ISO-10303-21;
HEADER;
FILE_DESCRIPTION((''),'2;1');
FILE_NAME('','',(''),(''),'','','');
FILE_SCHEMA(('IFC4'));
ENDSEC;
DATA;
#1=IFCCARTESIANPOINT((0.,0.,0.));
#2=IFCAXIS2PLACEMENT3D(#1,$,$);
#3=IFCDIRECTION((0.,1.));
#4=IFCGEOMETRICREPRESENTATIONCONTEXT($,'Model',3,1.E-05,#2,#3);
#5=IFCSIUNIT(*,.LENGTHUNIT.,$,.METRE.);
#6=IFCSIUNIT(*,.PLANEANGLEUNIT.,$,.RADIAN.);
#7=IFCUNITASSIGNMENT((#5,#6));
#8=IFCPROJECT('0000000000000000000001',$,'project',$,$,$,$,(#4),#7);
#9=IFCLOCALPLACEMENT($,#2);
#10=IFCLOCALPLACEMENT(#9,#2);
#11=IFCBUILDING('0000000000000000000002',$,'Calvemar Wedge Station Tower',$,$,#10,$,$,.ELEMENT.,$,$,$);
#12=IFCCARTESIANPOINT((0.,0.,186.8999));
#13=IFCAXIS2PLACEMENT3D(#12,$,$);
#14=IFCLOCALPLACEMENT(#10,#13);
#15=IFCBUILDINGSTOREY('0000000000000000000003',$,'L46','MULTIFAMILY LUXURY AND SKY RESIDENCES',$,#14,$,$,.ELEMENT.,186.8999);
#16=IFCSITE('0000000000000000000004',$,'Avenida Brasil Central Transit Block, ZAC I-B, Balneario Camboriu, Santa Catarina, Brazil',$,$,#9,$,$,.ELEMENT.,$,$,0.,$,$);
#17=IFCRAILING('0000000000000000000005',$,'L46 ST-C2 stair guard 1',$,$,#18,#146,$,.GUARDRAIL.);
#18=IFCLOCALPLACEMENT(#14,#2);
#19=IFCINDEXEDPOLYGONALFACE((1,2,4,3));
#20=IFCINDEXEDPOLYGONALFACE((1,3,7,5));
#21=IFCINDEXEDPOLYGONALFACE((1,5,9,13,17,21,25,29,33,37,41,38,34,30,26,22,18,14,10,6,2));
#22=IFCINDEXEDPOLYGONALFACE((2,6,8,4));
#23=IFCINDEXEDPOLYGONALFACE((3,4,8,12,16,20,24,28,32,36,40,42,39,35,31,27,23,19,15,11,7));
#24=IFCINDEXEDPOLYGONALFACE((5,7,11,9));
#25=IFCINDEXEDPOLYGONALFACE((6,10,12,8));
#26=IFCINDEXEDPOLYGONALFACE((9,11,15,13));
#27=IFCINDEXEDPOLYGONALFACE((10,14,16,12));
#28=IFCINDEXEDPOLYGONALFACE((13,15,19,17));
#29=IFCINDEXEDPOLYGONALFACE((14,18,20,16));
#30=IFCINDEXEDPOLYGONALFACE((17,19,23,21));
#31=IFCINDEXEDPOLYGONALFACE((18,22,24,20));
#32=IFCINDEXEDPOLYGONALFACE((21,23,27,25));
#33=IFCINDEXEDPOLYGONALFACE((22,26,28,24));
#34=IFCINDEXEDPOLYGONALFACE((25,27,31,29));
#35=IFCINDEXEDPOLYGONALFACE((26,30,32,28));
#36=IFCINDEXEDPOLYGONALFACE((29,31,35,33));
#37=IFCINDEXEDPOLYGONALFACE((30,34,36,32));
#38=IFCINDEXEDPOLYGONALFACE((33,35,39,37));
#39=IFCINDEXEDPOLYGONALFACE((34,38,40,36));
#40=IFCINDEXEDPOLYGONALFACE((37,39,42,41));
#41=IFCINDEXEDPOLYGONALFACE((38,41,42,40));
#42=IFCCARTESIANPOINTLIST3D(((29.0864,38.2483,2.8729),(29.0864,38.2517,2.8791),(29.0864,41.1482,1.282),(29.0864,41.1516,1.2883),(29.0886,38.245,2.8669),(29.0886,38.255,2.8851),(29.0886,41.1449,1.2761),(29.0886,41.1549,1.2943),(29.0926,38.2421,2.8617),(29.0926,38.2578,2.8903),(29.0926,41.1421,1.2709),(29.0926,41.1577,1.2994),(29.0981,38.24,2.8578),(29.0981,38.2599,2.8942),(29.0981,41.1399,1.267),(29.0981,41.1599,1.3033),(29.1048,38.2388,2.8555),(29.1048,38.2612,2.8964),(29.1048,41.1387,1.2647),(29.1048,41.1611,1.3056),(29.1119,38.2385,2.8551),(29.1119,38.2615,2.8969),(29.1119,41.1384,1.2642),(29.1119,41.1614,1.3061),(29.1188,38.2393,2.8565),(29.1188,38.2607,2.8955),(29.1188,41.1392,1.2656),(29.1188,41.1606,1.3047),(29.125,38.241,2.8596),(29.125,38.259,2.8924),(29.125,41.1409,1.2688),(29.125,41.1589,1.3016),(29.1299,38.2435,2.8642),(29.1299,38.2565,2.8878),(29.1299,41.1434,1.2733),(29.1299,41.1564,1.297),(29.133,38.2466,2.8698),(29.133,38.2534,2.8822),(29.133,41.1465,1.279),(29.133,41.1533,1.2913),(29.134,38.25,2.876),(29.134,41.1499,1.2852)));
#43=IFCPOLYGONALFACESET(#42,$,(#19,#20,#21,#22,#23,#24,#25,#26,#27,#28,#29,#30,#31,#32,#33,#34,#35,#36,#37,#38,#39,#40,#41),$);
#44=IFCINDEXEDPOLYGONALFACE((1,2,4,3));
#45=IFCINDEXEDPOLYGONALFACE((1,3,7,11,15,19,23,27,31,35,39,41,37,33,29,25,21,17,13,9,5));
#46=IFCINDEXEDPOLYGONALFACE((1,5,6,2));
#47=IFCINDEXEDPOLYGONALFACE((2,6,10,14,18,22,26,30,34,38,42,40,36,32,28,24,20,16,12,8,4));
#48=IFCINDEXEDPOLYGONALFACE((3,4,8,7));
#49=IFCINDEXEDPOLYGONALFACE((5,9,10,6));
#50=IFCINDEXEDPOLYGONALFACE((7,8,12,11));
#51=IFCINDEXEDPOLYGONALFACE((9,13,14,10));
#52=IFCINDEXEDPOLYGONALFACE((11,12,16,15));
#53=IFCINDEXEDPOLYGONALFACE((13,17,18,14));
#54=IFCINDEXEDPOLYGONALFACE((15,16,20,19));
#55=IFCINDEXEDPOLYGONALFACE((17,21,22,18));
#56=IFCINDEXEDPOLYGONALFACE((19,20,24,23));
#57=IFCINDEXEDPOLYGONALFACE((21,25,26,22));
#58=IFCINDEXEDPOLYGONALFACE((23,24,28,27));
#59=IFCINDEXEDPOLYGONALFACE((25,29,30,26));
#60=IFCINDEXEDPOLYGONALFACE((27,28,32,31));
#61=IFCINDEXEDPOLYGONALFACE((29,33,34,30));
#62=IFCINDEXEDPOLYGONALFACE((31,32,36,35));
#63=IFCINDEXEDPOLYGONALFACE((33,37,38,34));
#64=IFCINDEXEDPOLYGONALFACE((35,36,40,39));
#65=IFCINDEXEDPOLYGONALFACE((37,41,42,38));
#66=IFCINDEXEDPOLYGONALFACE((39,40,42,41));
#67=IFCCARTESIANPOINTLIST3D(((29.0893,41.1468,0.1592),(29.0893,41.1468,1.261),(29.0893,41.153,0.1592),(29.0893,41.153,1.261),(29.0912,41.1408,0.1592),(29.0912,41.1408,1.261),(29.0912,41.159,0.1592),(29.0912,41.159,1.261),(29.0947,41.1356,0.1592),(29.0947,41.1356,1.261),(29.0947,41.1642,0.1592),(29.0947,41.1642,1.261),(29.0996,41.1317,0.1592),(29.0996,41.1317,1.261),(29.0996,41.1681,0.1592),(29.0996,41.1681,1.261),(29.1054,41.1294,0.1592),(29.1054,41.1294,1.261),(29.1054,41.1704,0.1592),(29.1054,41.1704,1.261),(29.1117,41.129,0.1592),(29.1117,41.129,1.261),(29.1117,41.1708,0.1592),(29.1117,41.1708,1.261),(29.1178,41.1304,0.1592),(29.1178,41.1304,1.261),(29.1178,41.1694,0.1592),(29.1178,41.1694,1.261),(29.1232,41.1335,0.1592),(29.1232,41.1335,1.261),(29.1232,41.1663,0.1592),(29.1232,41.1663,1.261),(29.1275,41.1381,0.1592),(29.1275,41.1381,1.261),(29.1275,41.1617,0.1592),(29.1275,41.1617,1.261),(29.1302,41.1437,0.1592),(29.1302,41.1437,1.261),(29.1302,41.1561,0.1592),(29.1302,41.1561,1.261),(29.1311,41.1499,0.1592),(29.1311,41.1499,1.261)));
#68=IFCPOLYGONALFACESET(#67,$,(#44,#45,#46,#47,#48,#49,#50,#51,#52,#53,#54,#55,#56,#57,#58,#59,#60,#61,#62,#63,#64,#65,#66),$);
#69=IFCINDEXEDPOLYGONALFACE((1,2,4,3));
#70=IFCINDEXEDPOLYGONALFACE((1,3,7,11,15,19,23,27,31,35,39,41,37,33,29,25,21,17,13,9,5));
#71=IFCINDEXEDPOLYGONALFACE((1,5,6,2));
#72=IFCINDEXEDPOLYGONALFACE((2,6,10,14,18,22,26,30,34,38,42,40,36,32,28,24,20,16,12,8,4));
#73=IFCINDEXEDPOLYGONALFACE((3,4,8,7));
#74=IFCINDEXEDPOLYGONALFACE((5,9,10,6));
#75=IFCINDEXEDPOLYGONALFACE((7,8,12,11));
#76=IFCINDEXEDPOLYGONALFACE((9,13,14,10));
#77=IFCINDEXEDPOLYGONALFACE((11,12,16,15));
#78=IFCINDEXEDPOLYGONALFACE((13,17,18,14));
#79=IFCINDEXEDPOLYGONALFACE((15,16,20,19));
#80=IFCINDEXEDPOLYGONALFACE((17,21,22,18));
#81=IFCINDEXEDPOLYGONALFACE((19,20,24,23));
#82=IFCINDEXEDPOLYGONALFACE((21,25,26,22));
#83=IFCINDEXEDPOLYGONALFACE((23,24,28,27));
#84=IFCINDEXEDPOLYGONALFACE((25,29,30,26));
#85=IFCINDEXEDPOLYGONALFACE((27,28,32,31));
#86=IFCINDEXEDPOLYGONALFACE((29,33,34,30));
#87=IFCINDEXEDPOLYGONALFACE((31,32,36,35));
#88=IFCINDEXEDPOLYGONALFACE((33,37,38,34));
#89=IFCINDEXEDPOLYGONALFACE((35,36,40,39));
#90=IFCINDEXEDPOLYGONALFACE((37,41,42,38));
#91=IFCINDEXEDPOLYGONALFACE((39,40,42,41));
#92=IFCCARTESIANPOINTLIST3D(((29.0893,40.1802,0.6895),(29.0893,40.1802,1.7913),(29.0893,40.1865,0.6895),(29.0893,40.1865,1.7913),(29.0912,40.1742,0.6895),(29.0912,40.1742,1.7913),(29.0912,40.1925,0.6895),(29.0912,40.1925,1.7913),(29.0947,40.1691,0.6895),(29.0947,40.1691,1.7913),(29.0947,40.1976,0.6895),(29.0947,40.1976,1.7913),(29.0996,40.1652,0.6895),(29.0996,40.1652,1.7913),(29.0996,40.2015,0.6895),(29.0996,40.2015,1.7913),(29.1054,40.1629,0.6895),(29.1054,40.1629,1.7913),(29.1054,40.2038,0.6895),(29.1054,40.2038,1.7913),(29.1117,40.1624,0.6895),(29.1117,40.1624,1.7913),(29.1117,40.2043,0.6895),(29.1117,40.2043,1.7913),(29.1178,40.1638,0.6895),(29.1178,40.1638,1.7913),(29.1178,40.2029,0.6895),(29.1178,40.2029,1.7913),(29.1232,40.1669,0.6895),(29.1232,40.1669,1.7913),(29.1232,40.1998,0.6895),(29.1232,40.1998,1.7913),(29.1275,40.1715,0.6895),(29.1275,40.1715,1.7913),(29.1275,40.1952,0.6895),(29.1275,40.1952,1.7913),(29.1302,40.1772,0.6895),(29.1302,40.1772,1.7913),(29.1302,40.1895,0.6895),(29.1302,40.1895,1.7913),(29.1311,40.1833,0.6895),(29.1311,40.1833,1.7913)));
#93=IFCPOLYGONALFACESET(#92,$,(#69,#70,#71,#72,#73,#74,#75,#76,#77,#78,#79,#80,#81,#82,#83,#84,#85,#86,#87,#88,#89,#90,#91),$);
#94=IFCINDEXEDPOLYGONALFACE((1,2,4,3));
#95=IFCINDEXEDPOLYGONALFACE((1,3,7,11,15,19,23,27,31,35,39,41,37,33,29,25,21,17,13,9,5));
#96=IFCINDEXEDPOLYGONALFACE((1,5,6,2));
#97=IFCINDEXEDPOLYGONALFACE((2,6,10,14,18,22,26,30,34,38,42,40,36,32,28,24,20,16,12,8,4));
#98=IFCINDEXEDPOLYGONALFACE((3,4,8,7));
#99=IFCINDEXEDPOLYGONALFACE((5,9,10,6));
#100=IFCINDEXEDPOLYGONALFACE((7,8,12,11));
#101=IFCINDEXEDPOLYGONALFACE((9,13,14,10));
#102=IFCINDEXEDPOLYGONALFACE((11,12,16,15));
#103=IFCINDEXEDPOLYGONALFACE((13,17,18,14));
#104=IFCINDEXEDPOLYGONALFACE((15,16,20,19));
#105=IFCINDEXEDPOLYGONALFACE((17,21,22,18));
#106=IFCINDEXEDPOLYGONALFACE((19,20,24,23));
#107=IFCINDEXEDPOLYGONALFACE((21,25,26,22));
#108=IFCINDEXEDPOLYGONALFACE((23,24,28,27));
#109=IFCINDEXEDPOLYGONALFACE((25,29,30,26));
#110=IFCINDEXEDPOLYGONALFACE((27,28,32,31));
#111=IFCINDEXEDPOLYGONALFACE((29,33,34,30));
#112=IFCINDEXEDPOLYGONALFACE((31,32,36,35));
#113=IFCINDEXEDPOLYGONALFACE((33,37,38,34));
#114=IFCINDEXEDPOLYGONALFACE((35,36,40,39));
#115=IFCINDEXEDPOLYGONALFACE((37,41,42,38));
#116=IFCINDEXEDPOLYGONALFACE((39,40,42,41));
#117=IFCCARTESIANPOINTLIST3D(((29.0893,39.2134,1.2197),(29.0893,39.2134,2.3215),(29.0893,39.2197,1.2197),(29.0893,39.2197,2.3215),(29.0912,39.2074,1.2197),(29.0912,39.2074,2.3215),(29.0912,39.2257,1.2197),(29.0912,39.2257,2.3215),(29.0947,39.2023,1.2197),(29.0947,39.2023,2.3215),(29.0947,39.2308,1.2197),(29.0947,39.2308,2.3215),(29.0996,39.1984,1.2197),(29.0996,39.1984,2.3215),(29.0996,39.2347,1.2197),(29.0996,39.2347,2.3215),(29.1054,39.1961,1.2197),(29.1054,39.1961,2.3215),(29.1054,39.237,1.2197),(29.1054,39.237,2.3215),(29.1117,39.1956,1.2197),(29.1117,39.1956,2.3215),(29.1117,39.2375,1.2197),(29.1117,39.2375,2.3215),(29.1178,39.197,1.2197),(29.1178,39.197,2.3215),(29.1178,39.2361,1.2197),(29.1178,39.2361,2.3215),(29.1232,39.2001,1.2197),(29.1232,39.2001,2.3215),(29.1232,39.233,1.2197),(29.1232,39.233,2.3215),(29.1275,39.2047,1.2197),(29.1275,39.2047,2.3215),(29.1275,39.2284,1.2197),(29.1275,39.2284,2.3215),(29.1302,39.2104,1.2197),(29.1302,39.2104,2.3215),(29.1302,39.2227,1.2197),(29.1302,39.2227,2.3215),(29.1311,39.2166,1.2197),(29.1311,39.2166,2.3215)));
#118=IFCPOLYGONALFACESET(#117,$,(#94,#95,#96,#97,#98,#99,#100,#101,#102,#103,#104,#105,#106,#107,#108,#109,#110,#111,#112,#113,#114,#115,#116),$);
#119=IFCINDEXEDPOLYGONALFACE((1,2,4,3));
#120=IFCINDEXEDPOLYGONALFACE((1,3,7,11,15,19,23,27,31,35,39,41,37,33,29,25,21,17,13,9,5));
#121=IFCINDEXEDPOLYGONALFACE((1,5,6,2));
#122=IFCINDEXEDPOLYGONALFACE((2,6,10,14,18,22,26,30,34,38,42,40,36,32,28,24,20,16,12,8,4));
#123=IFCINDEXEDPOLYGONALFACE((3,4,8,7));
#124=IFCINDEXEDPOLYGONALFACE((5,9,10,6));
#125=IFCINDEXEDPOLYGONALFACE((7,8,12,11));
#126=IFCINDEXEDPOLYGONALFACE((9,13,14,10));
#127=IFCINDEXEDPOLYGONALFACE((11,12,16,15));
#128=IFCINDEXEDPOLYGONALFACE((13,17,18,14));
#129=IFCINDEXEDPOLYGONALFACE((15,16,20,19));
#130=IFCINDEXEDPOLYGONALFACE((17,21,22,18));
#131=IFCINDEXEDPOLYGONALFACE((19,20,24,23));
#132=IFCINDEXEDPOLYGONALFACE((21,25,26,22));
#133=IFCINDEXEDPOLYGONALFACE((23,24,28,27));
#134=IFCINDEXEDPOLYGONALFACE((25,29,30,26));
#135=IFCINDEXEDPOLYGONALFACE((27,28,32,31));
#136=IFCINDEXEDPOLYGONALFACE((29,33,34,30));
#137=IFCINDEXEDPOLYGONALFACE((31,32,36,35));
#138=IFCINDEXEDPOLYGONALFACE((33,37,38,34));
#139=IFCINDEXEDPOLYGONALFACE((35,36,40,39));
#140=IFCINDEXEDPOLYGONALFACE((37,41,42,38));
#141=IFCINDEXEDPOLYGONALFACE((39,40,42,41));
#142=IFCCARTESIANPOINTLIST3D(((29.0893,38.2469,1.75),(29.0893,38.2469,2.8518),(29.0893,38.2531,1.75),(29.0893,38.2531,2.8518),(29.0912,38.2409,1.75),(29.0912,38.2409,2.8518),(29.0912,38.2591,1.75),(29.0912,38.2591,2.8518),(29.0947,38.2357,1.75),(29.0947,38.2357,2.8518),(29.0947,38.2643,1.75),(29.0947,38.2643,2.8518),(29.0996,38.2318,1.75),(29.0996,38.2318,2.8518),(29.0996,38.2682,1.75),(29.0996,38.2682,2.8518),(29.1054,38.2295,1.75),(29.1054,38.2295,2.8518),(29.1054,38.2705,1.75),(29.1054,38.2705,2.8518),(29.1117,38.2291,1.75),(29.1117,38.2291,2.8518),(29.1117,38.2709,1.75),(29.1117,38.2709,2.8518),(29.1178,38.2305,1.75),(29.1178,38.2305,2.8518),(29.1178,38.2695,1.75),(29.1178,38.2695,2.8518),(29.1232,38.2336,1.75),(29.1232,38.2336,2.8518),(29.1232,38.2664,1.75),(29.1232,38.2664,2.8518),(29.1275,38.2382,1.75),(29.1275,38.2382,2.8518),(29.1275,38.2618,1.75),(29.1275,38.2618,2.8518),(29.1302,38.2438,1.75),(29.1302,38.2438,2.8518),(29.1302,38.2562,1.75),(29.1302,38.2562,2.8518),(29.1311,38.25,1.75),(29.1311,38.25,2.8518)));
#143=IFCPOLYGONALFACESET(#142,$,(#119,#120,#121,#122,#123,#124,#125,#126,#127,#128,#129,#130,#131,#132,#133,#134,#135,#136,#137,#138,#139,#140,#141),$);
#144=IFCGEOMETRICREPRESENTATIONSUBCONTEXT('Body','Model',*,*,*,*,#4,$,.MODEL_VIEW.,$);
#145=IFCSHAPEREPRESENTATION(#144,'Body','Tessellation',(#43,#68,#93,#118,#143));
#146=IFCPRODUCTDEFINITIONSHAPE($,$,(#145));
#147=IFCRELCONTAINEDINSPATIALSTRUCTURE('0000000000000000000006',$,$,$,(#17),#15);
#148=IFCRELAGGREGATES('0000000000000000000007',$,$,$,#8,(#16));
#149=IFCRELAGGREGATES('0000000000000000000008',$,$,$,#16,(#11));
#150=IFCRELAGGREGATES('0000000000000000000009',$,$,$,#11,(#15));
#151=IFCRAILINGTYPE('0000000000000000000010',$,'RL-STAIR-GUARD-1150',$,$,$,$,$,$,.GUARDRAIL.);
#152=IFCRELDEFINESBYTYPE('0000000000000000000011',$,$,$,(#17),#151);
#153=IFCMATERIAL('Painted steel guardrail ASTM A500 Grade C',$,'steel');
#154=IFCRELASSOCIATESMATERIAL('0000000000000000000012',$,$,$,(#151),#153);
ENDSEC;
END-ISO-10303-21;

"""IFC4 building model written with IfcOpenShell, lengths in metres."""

from ifc_helpers import new_model, si_unit, direction, frame, origin, origin_2d, place, context, subcontext, project, spatial, circle, extrude, material, type_object, element, save


model = new_model("IFC4")

# Units and contexts
model_context = context("Model", 3, precision=1e-05, world=origin(), true_north=direction((0.0, 1.0)))
body_context = subcontext(model_context, "Body", "Model", "MODEL_VIEW")
ifc_project = project(units=[si_unit("LENGTHUNIT", "METRE"), si_unit("PLANEANGLEUNIT", "RADIAN")], contexts=[model_context])

# Site, building, storey
site_placement = place(None, origin())
site = spatial("IfcSite", under=ifc_project, at=site_placement, Name="Avenida Brasil Central Transit Block, ZAC I-B, Balneario Camboriu, Santa Catarina, Brazil", CompositionType="ELEMENT", RefElevation=0.0)
building_placement = place(site_placement, origin())
building = spatial("IfcBuilding", under=site, at=building_placement, Name="Calvemar Wedge Station Tower", CompositionType="ELEMENT")
storey_placement = place(building_placement, frame((0.0, 0.0, 186.8999)))
storey = spatial("IfcBuildingStorey", under=building, at=storey_placement, Name="L46", Description="MULTIFAMILY LUXURY AND SKY RESIDENCES", CompositionType="ELEMENT", Elevation=186.8999)

# Railing
ifc_material_1 = material(Name="Painted steel guardrail ASTM A500 Grade C", Category="steel")
railing_type_1 = type_object("IfcRailingType", Name="RL-STAIR-GUARD-1150", PredefinedType="GUARDRAIL", material=ifc_material_1)
railing_1_placement = place(storey_placement, frame((29.1101, 41.1499, 0.1592)))
element("IfcRailing", 1, at=railing_1_placement, inside=storey, type_object=railing_type_1, Name="L46 ST-C2 stair guard 1", PredefinedType="GUARDRAIL", context=body_context, shape_type="SweptSolid", body=[
    extrude(circle(Radius=0.0239, at=origin_2d()), frame((0.0, 0.0, 1.126), z_axis=(0.0, -0.876742, 0.480961), x_axis=(1.0, 0.0, 0.0)), (0.0, 0.0, 1.0), 3.3076),
    extrude(circle(Radius=0.021, at=origin_2d()), origin(), (0.0, 0.0, 1.0), 1.1018),
    extrude(circle(Radius=0.021, at=origin_2d()), frame((0.0, -0.9666, 0.5303)), (0.0, 0.0, 1.0), 1.1018),
    extrude(circle(Radius=0.021, at=origin_2d()), frame((0.0, -1.9333, 1.0605)), (0.0, 0.0, 1.0), 1.1018),
    extrude(circle(Radius=0.021, at=origin_2d()), frame((0.0, -2.8999, 1.5908)), (0.0, 0.0, 1.0), 1.1018),
])

save(model, "model.ifc")
